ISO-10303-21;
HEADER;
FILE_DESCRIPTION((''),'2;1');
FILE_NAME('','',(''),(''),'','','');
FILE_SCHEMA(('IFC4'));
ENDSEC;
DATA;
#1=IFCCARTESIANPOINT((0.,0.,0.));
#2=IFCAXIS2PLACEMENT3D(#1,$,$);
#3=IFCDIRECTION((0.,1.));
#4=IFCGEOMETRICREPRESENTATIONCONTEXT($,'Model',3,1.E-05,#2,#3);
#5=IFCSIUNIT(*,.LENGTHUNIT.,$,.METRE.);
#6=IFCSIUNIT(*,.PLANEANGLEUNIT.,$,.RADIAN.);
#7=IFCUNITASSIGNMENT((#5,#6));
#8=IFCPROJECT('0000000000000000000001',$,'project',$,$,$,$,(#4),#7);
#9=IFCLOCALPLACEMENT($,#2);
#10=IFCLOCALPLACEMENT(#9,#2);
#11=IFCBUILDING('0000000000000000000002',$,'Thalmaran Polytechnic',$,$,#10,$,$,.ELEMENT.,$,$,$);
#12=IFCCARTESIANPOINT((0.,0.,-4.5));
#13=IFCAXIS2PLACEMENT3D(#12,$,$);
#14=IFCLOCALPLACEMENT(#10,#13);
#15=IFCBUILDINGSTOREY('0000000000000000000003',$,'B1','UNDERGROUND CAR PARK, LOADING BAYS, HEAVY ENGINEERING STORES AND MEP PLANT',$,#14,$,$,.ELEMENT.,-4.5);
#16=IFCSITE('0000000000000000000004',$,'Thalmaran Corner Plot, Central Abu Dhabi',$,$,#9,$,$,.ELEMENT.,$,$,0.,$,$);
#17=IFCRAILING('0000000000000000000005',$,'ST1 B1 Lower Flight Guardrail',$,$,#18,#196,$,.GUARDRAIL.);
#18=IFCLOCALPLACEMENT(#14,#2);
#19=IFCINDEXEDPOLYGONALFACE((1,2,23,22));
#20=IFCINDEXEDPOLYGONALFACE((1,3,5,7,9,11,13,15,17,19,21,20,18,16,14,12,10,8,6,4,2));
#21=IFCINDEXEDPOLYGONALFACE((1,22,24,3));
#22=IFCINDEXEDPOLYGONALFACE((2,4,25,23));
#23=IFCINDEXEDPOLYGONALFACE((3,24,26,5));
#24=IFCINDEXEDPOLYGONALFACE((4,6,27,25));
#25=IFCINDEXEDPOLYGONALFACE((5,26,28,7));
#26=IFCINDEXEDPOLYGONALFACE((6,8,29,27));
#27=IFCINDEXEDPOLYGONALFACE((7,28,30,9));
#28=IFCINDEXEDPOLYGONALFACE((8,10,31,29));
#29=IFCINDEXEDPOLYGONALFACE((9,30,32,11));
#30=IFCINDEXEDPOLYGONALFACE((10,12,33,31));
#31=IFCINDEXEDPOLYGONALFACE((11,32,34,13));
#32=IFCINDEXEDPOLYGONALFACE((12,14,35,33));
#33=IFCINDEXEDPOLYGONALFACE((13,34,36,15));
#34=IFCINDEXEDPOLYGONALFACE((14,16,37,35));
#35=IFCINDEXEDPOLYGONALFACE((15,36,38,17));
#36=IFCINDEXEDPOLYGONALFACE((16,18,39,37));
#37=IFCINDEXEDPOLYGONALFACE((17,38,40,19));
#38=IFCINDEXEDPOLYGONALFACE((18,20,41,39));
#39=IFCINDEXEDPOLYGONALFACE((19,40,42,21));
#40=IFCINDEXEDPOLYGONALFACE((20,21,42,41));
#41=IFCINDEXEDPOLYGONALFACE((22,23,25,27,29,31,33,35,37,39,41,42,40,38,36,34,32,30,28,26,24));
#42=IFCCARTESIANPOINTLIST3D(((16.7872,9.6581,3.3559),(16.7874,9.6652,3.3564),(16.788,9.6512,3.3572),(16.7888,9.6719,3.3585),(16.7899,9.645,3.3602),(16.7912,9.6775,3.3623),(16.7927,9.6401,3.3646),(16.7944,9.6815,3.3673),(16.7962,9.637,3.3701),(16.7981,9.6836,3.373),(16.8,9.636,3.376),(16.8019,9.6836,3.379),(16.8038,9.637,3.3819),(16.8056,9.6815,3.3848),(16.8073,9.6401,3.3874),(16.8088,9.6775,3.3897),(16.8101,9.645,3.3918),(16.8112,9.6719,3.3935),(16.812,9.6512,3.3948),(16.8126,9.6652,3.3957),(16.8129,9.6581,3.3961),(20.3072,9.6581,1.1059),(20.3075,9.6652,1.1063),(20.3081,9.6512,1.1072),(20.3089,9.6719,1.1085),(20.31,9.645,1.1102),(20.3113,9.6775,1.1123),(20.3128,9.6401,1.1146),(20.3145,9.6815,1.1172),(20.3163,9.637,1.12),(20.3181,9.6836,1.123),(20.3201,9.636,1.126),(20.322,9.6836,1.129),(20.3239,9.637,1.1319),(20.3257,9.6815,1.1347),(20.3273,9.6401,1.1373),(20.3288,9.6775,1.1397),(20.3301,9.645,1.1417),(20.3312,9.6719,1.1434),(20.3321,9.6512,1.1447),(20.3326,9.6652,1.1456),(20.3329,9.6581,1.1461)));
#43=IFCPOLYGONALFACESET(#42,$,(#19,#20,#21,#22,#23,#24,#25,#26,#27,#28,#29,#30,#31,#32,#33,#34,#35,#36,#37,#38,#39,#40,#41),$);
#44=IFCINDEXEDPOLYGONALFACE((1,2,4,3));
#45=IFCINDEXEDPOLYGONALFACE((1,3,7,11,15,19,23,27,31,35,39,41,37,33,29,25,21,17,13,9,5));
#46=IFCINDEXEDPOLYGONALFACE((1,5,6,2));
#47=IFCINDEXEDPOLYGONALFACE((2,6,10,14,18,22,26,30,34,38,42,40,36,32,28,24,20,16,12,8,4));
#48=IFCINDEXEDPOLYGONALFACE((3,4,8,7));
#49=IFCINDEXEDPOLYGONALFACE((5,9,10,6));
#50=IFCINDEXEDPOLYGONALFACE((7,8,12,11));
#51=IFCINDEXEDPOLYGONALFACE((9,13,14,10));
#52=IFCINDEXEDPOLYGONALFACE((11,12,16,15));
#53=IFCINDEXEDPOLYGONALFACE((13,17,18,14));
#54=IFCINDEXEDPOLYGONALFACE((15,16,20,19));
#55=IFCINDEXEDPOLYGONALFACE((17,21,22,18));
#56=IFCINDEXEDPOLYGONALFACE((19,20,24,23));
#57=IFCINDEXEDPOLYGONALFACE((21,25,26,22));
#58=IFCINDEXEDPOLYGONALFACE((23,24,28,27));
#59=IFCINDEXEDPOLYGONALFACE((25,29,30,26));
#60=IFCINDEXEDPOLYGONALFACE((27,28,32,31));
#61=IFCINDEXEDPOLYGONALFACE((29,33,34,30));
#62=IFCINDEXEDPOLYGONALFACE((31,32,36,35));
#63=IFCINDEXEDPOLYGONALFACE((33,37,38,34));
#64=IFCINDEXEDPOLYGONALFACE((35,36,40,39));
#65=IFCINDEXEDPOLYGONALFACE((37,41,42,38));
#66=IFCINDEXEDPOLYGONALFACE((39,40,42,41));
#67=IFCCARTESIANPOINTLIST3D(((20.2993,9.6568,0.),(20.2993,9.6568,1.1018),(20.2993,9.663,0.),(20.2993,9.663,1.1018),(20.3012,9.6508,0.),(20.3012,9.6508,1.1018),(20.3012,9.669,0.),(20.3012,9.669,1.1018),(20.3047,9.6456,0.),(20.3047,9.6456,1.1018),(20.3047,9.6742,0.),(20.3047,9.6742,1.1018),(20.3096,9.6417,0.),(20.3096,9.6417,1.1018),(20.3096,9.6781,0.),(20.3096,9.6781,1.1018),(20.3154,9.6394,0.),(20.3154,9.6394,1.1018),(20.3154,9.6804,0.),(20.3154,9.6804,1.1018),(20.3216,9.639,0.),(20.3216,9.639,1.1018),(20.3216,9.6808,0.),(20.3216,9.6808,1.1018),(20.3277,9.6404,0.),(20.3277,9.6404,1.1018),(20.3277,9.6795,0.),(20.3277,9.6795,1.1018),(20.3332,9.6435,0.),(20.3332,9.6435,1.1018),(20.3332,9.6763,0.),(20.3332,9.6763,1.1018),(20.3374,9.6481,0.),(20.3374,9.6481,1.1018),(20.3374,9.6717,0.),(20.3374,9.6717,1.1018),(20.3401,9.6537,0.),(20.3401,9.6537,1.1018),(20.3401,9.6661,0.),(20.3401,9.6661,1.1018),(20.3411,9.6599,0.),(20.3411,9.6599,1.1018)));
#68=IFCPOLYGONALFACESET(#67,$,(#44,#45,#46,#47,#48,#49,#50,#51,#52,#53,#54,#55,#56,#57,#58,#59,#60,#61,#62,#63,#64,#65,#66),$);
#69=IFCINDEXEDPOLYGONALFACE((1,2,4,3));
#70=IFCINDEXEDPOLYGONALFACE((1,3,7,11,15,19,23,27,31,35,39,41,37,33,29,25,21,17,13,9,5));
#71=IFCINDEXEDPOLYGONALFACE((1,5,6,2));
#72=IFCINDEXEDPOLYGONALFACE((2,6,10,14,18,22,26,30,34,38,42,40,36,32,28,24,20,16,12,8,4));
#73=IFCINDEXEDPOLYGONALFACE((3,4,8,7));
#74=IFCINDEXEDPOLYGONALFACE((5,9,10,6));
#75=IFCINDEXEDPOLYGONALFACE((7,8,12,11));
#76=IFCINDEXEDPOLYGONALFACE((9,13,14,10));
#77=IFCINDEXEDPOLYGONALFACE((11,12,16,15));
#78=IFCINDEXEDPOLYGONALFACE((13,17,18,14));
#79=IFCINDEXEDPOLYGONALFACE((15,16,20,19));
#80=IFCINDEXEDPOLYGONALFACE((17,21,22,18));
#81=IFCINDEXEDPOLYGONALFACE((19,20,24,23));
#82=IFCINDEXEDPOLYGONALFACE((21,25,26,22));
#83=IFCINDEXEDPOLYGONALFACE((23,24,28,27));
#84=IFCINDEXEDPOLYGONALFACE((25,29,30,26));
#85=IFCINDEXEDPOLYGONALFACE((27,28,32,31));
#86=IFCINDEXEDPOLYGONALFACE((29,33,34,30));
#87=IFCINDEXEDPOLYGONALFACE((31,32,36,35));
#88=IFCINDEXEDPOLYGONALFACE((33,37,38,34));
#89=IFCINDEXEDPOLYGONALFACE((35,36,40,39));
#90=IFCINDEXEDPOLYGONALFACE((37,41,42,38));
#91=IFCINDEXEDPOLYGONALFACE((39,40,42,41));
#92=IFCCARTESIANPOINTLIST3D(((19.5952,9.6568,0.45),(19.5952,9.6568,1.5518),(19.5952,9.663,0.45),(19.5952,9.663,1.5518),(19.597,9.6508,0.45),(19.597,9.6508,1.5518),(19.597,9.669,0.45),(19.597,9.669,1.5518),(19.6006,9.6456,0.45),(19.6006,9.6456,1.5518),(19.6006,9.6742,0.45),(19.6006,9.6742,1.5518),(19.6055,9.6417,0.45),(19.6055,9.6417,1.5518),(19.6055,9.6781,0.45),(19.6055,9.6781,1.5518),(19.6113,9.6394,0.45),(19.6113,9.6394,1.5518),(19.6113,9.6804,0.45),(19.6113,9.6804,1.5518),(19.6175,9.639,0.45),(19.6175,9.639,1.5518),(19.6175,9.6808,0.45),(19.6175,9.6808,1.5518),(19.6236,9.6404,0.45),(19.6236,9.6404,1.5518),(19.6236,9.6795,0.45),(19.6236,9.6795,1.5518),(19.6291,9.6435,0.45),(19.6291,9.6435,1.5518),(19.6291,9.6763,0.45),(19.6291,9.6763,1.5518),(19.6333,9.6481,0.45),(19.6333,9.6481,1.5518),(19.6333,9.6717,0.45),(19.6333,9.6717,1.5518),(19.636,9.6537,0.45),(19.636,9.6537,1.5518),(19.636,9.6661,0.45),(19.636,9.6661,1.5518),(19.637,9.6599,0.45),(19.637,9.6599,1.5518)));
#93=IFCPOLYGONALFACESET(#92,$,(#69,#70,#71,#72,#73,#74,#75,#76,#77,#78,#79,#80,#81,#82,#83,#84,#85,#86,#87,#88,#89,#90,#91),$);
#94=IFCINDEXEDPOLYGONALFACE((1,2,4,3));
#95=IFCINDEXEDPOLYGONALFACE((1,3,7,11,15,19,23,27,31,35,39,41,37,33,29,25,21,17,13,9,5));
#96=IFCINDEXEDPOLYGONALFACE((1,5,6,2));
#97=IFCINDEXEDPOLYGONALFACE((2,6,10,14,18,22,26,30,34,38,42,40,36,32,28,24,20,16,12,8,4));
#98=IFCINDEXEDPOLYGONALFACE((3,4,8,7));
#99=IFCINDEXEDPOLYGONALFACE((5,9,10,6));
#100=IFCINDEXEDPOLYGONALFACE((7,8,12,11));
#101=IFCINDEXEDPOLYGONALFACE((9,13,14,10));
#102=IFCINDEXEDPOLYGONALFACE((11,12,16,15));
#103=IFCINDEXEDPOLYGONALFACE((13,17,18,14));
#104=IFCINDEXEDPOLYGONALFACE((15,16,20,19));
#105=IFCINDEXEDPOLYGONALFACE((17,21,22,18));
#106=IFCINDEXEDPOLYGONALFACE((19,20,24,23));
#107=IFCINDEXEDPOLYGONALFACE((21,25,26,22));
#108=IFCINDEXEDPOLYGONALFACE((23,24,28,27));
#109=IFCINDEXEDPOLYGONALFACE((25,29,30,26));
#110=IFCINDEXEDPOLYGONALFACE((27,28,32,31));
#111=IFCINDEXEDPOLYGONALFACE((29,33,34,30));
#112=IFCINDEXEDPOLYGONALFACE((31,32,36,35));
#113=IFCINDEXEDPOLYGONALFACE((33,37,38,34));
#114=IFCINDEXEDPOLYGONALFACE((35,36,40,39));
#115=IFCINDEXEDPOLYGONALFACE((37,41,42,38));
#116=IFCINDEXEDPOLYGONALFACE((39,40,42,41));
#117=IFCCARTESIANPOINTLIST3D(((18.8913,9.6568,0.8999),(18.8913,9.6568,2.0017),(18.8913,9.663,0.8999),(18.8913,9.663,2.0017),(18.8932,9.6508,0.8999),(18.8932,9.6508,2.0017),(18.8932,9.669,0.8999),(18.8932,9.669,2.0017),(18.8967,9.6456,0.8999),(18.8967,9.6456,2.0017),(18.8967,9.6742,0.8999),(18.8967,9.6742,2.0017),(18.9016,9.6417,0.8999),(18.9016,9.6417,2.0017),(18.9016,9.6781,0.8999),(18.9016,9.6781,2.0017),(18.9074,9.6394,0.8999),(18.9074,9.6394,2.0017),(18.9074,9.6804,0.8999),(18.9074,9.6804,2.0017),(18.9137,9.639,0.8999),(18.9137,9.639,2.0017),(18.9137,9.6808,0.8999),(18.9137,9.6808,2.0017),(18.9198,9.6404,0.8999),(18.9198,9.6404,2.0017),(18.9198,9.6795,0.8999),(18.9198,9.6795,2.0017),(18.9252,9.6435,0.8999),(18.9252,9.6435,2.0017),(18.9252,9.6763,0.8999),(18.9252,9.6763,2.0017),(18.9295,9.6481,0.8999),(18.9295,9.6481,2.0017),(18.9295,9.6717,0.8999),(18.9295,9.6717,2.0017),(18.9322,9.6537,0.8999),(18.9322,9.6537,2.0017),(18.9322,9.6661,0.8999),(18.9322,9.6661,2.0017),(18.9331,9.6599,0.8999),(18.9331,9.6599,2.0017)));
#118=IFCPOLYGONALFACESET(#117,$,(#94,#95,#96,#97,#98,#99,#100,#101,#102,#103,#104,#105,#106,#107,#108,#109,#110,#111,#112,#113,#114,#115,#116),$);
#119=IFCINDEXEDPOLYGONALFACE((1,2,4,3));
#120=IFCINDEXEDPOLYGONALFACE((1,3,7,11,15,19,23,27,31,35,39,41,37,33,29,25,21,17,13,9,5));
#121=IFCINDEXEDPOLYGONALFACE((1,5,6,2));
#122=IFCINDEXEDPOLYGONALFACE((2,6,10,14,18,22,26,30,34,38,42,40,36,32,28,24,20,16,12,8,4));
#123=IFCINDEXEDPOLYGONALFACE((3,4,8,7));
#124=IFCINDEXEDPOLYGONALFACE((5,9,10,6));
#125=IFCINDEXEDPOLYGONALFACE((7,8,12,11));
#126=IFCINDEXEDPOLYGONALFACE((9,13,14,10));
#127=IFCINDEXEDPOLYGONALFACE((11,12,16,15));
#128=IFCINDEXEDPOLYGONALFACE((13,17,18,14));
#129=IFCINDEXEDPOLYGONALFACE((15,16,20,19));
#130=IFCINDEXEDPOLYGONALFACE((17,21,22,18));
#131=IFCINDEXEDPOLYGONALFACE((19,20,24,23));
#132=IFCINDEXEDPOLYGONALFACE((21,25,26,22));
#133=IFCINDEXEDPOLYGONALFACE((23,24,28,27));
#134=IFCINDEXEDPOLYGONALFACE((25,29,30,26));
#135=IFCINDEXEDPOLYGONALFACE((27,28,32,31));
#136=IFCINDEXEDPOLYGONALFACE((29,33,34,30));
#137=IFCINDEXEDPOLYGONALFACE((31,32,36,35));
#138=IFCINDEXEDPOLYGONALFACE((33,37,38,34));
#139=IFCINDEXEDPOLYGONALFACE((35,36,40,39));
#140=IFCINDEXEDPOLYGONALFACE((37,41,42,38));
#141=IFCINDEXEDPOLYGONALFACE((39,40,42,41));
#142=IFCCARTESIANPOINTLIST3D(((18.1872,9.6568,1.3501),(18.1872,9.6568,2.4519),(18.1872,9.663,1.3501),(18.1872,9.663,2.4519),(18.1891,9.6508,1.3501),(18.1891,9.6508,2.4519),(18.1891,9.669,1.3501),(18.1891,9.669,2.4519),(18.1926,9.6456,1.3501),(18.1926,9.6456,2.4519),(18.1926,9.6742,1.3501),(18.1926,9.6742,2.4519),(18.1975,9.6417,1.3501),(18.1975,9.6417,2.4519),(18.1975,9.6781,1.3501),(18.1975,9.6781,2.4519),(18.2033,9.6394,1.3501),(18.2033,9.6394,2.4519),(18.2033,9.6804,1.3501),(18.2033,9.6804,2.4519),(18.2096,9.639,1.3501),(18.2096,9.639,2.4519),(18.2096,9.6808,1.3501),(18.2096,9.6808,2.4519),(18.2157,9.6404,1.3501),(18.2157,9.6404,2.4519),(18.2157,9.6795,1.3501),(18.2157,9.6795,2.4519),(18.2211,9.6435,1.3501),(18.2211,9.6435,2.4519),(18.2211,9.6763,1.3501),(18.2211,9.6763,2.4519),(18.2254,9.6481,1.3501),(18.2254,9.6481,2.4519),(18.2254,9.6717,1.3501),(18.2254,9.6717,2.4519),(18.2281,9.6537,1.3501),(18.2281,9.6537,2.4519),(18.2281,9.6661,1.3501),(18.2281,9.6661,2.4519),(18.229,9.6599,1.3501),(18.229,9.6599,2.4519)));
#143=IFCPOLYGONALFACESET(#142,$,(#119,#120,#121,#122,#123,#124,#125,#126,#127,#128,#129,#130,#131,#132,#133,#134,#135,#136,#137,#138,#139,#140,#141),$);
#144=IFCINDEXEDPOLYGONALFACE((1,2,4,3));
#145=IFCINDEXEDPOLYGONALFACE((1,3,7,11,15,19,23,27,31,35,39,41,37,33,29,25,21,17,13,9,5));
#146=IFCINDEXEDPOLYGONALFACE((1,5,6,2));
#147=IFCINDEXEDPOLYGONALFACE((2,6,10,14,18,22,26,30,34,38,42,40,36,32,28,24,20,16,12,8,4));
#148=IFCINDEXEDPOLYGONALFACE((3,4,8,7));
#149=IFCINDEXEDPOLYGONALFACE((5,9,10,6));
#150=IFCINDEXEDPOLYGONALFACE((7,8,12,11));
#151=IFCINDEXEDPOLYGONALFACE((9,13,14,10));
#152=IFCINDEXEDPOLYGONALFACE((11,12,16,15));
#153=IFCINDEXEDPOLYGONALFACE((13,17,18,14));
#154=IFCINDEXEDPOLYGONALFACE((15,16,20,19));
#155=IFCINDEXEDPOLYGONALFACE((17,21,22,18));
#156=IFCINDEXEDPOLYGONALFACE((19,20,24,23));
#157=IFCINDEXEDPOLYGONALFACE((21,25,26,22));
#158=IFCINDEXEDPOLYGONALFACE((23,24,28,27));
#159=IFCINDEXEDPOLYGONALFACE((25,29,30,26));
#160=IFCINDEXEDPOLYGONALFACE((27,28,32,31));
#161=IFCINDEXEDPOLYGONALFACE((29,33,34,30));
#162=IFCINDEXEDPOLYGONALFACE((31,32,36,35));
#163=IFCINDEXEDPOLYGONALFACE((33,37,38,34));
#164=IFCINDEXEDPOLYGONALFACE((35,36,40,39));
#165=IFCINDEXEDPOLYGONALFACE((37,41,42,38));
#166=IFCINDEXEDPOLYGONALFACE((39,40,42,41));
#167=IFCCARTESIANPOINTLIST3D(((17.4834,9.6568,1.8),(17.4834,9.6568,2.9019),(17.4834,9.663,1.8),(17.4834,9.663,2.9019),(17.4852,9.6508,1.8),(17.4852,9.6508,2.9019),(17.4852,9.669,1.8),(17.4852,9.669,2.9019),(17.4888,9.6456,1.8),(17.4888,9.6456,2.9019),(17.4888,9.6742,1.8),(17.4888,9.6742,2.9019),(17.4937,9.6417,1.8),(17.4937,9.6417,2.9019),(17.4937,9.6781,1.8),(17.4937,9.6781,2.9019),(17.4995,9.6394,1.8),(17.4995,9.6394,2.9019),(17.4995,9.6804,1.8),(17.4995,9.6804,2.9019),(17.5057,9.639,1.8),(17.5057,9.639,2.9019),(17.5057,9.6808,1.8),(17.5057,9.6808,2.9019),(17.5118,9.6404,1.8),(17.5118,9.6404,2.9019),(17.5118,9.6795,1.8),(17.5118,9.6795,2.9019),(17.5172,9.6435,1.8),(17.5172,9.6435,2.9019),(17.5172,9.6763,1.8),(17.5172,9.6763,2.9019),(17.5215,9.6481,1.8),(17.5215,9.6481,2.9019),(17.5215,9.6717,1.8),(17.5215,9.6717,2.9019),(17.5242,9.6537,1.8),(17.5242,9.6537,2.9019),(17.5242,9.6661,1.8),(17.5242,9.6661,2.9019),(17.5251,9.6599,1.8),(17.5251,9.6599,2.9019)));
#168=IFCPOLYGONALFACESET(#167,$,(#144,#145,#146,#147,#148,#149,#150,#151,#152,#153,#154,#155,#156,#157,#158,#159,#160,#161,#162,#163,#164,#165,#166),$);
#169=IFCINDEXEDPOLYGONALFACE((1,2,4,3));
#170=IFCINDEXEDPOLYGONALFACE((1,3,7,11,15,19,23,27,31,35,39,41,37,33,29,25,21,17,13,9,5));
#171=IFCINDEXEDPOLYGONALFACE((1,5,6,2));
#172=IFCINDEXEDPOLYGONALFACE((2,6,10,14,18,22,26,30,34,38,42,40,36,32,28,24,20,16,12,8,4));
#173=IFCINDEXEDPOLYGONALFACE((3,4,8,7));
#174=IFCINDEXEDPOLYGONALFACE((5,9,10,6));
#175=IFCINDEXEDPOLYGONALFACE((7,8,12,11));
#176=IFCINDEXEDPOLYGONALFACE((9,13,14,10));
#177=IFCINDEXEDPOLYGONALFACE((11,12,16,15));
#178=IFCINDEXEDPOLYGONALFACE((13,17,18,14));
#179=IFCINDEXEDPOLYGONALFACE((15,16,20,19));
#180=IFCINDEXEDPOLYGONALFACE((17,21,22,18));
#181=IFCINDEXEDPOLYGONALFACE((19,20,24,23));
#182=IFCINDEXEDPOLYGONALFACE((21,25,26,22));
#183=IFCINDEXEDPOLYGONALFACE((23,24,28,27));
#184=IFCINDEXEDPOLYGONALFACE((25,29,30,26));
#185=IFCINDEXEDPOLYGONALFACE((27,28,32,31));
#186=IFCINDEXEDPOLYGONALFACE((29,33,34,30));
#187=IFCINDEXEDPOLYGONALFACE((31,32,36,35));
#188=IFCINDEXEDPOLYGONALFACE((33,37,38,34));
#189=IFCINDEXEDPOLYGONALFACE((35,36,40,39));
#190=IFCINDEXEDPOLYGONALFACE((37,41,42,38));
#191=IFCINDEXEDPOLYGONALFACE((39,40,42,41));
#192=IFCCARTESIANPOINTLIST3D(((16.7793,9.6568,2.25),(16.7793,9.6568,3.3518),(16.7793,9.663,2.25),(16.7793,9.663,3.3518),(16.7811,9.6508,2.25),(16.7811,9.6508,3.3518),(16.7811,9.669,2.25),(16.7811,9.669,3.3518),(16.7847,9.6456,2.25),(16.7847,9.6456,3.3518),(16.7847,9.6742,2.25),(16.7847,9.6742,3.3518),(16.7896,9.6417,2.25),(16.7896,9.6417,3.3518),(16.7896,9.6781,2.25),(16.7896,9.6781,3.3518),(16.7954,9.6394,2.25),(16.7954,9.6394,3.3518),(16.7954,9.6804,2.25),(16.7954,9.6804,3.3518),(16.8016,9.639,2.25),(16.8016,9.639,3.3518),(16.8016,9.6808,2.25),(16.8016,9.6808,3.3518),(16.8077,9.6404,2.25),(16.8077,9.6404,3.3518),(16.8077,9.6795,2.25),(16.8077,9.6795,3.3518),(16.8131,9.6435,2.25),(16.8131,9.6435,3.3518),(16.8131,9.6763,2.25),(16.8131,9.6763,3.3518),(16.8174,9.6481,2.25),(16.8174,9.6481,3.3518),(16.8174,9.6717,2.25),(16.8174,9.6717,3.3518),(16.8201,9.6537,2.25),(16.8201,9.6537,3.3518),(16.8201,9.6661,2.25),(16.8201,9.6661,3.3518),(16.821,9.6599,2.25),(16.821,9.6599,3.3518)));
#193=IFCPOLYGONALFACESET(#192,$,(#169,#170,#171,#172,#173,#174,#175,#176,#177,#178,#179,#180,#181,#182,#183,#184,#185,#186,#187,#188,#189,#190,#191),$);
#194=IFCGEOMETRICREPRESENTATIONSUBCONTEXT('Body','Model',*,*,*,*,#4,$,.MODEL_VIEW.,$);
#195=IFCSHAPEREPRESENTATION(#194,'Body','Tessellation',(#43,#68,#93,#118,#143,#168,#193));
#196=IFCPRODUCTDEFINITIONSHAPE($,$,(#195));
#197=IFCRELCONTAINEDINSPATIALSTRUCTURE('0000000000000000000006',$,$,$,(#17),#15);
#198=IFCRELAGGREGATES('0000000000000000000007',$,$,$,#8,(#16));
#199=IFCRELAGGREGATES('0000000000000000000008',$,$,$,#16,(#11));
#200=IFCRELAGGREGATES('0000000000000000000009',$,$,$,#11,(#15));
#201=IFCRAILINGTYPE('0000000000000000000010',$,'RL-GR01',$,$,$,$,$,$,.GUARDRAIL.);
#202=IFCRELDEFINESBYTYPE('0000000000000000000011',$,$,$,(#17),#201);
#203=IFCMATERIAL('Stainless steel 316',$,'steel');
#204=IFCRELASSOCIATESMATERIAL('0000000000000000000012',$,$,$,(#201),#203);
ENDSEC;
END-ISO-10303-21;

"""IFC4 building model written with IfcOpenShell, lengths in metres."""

from ifc_helpers import new_model, si_unit, direction, frame, origin, origin_2d, place, context, subcontext, project, spatial, circle, extrude, material, type_object, element, save


model = new_model("IFC4")

# Units and contexts
model_context = context("Model", 3, precision=1e-05, world=origin(), true_north=direction((0.0, 1.0)))
body_context = subcontext(model_context, "Body", "Model", "MODEL_VIEW")
ifc_project = project(units=[si_unit("LENGTHUNIT", "METRE"), si_unit("PLANEANGLEUNIT", "RADIAN")], contexts=[model_context])

# Site, building, storey
site_placement = place(None, origin())
site = spatial("IfcSite", under=ifc_project, at=site_placement, Name="Thalmaran Corner Plot, Central Abu Dhabi", CompositionType="ELEMENT", RefElevation=0.0)
building_placement = place(site_placement, origin())
building = spatial("IfcBuilding", under=site, at=building_placement, Name="Thalmaran Polytechnic", CompositionType="ELEMENT")
storey_placement = place(building_placement, frame((0.0, 0.0, -4.5)))
storey = spatial("IfcBuildingStorey", under=building, at=storey_placement, Name="B1", Description="UNDERGROUND CAR PARK, LOADING BAYS, HEAVY ENGINEERING STORES AND MEP PLANT", CompositionType="ELEMENT", Elevation=-4.5)

# Railing
ifc_material_1 = material(Name="Stainless steel 316", Category="steel")
railing_type_1 = type_object("IfcRailingType", Name="RL-GR01", PredefinedType="GUARDRAIL", material=ifc_material_1)
railing_1_placement = place(storey_placement, frame((20.3201, 9.6599, 0.0)))
element("IfcRailing", 1, at=railing_1_placement, inside=storey, type_object=railing_type_1, Name="ST1 B1 Lower Flight Guardrail", PredefinedType="GUARDRAIL", context=body_context, shape_type="SweptSolid", body=[
    extrude(circle(Radius=0.0239, at=origin_2d()), frame((0.0, 0.0, 1.126), z_axis=(-0.842577, 0.0, 0.538576), x_axis=(0.0, -1.0, 0.0)), (0.0, 0.0, 1.0), 4.1777),
    extrude(circle(Radius=0.021, at=origin_2d()), origin(), (0.0, 0.0, 1.0), 1.1018),
    extrude(circle(Radius=0.021, at=origin_2d()), frame((-0.7041, 0.0, 0.45)), (0.0, 0.0, 1.0), 1.1018),
    extrude(circle(Radius=0.021, at=origin_2d()), frame((-1.408, 0.0, 0.8999)), (0.0, 0.0, 1.0), 1.1018),
    extrude(circle(Radius=0.021, at=origin_2d()), frame((-2.1121, 0.0, 1.3501)), (0.0, 0.0, 1.0), 1.1018),
    extrude(circle(Radius=0.021, at=origin_2d()), frame((-2.8159, 0.0, 1.8)), (0.0, 0.0, 1.0), 1.1018),
    extrude(circle(Radius=0.021, at=origin_2d()), frame((-3.52, 0.0, 2.25)), (0.0, 0.0, 1.0), 1.1018),
])

save(model, "model.ifc")
